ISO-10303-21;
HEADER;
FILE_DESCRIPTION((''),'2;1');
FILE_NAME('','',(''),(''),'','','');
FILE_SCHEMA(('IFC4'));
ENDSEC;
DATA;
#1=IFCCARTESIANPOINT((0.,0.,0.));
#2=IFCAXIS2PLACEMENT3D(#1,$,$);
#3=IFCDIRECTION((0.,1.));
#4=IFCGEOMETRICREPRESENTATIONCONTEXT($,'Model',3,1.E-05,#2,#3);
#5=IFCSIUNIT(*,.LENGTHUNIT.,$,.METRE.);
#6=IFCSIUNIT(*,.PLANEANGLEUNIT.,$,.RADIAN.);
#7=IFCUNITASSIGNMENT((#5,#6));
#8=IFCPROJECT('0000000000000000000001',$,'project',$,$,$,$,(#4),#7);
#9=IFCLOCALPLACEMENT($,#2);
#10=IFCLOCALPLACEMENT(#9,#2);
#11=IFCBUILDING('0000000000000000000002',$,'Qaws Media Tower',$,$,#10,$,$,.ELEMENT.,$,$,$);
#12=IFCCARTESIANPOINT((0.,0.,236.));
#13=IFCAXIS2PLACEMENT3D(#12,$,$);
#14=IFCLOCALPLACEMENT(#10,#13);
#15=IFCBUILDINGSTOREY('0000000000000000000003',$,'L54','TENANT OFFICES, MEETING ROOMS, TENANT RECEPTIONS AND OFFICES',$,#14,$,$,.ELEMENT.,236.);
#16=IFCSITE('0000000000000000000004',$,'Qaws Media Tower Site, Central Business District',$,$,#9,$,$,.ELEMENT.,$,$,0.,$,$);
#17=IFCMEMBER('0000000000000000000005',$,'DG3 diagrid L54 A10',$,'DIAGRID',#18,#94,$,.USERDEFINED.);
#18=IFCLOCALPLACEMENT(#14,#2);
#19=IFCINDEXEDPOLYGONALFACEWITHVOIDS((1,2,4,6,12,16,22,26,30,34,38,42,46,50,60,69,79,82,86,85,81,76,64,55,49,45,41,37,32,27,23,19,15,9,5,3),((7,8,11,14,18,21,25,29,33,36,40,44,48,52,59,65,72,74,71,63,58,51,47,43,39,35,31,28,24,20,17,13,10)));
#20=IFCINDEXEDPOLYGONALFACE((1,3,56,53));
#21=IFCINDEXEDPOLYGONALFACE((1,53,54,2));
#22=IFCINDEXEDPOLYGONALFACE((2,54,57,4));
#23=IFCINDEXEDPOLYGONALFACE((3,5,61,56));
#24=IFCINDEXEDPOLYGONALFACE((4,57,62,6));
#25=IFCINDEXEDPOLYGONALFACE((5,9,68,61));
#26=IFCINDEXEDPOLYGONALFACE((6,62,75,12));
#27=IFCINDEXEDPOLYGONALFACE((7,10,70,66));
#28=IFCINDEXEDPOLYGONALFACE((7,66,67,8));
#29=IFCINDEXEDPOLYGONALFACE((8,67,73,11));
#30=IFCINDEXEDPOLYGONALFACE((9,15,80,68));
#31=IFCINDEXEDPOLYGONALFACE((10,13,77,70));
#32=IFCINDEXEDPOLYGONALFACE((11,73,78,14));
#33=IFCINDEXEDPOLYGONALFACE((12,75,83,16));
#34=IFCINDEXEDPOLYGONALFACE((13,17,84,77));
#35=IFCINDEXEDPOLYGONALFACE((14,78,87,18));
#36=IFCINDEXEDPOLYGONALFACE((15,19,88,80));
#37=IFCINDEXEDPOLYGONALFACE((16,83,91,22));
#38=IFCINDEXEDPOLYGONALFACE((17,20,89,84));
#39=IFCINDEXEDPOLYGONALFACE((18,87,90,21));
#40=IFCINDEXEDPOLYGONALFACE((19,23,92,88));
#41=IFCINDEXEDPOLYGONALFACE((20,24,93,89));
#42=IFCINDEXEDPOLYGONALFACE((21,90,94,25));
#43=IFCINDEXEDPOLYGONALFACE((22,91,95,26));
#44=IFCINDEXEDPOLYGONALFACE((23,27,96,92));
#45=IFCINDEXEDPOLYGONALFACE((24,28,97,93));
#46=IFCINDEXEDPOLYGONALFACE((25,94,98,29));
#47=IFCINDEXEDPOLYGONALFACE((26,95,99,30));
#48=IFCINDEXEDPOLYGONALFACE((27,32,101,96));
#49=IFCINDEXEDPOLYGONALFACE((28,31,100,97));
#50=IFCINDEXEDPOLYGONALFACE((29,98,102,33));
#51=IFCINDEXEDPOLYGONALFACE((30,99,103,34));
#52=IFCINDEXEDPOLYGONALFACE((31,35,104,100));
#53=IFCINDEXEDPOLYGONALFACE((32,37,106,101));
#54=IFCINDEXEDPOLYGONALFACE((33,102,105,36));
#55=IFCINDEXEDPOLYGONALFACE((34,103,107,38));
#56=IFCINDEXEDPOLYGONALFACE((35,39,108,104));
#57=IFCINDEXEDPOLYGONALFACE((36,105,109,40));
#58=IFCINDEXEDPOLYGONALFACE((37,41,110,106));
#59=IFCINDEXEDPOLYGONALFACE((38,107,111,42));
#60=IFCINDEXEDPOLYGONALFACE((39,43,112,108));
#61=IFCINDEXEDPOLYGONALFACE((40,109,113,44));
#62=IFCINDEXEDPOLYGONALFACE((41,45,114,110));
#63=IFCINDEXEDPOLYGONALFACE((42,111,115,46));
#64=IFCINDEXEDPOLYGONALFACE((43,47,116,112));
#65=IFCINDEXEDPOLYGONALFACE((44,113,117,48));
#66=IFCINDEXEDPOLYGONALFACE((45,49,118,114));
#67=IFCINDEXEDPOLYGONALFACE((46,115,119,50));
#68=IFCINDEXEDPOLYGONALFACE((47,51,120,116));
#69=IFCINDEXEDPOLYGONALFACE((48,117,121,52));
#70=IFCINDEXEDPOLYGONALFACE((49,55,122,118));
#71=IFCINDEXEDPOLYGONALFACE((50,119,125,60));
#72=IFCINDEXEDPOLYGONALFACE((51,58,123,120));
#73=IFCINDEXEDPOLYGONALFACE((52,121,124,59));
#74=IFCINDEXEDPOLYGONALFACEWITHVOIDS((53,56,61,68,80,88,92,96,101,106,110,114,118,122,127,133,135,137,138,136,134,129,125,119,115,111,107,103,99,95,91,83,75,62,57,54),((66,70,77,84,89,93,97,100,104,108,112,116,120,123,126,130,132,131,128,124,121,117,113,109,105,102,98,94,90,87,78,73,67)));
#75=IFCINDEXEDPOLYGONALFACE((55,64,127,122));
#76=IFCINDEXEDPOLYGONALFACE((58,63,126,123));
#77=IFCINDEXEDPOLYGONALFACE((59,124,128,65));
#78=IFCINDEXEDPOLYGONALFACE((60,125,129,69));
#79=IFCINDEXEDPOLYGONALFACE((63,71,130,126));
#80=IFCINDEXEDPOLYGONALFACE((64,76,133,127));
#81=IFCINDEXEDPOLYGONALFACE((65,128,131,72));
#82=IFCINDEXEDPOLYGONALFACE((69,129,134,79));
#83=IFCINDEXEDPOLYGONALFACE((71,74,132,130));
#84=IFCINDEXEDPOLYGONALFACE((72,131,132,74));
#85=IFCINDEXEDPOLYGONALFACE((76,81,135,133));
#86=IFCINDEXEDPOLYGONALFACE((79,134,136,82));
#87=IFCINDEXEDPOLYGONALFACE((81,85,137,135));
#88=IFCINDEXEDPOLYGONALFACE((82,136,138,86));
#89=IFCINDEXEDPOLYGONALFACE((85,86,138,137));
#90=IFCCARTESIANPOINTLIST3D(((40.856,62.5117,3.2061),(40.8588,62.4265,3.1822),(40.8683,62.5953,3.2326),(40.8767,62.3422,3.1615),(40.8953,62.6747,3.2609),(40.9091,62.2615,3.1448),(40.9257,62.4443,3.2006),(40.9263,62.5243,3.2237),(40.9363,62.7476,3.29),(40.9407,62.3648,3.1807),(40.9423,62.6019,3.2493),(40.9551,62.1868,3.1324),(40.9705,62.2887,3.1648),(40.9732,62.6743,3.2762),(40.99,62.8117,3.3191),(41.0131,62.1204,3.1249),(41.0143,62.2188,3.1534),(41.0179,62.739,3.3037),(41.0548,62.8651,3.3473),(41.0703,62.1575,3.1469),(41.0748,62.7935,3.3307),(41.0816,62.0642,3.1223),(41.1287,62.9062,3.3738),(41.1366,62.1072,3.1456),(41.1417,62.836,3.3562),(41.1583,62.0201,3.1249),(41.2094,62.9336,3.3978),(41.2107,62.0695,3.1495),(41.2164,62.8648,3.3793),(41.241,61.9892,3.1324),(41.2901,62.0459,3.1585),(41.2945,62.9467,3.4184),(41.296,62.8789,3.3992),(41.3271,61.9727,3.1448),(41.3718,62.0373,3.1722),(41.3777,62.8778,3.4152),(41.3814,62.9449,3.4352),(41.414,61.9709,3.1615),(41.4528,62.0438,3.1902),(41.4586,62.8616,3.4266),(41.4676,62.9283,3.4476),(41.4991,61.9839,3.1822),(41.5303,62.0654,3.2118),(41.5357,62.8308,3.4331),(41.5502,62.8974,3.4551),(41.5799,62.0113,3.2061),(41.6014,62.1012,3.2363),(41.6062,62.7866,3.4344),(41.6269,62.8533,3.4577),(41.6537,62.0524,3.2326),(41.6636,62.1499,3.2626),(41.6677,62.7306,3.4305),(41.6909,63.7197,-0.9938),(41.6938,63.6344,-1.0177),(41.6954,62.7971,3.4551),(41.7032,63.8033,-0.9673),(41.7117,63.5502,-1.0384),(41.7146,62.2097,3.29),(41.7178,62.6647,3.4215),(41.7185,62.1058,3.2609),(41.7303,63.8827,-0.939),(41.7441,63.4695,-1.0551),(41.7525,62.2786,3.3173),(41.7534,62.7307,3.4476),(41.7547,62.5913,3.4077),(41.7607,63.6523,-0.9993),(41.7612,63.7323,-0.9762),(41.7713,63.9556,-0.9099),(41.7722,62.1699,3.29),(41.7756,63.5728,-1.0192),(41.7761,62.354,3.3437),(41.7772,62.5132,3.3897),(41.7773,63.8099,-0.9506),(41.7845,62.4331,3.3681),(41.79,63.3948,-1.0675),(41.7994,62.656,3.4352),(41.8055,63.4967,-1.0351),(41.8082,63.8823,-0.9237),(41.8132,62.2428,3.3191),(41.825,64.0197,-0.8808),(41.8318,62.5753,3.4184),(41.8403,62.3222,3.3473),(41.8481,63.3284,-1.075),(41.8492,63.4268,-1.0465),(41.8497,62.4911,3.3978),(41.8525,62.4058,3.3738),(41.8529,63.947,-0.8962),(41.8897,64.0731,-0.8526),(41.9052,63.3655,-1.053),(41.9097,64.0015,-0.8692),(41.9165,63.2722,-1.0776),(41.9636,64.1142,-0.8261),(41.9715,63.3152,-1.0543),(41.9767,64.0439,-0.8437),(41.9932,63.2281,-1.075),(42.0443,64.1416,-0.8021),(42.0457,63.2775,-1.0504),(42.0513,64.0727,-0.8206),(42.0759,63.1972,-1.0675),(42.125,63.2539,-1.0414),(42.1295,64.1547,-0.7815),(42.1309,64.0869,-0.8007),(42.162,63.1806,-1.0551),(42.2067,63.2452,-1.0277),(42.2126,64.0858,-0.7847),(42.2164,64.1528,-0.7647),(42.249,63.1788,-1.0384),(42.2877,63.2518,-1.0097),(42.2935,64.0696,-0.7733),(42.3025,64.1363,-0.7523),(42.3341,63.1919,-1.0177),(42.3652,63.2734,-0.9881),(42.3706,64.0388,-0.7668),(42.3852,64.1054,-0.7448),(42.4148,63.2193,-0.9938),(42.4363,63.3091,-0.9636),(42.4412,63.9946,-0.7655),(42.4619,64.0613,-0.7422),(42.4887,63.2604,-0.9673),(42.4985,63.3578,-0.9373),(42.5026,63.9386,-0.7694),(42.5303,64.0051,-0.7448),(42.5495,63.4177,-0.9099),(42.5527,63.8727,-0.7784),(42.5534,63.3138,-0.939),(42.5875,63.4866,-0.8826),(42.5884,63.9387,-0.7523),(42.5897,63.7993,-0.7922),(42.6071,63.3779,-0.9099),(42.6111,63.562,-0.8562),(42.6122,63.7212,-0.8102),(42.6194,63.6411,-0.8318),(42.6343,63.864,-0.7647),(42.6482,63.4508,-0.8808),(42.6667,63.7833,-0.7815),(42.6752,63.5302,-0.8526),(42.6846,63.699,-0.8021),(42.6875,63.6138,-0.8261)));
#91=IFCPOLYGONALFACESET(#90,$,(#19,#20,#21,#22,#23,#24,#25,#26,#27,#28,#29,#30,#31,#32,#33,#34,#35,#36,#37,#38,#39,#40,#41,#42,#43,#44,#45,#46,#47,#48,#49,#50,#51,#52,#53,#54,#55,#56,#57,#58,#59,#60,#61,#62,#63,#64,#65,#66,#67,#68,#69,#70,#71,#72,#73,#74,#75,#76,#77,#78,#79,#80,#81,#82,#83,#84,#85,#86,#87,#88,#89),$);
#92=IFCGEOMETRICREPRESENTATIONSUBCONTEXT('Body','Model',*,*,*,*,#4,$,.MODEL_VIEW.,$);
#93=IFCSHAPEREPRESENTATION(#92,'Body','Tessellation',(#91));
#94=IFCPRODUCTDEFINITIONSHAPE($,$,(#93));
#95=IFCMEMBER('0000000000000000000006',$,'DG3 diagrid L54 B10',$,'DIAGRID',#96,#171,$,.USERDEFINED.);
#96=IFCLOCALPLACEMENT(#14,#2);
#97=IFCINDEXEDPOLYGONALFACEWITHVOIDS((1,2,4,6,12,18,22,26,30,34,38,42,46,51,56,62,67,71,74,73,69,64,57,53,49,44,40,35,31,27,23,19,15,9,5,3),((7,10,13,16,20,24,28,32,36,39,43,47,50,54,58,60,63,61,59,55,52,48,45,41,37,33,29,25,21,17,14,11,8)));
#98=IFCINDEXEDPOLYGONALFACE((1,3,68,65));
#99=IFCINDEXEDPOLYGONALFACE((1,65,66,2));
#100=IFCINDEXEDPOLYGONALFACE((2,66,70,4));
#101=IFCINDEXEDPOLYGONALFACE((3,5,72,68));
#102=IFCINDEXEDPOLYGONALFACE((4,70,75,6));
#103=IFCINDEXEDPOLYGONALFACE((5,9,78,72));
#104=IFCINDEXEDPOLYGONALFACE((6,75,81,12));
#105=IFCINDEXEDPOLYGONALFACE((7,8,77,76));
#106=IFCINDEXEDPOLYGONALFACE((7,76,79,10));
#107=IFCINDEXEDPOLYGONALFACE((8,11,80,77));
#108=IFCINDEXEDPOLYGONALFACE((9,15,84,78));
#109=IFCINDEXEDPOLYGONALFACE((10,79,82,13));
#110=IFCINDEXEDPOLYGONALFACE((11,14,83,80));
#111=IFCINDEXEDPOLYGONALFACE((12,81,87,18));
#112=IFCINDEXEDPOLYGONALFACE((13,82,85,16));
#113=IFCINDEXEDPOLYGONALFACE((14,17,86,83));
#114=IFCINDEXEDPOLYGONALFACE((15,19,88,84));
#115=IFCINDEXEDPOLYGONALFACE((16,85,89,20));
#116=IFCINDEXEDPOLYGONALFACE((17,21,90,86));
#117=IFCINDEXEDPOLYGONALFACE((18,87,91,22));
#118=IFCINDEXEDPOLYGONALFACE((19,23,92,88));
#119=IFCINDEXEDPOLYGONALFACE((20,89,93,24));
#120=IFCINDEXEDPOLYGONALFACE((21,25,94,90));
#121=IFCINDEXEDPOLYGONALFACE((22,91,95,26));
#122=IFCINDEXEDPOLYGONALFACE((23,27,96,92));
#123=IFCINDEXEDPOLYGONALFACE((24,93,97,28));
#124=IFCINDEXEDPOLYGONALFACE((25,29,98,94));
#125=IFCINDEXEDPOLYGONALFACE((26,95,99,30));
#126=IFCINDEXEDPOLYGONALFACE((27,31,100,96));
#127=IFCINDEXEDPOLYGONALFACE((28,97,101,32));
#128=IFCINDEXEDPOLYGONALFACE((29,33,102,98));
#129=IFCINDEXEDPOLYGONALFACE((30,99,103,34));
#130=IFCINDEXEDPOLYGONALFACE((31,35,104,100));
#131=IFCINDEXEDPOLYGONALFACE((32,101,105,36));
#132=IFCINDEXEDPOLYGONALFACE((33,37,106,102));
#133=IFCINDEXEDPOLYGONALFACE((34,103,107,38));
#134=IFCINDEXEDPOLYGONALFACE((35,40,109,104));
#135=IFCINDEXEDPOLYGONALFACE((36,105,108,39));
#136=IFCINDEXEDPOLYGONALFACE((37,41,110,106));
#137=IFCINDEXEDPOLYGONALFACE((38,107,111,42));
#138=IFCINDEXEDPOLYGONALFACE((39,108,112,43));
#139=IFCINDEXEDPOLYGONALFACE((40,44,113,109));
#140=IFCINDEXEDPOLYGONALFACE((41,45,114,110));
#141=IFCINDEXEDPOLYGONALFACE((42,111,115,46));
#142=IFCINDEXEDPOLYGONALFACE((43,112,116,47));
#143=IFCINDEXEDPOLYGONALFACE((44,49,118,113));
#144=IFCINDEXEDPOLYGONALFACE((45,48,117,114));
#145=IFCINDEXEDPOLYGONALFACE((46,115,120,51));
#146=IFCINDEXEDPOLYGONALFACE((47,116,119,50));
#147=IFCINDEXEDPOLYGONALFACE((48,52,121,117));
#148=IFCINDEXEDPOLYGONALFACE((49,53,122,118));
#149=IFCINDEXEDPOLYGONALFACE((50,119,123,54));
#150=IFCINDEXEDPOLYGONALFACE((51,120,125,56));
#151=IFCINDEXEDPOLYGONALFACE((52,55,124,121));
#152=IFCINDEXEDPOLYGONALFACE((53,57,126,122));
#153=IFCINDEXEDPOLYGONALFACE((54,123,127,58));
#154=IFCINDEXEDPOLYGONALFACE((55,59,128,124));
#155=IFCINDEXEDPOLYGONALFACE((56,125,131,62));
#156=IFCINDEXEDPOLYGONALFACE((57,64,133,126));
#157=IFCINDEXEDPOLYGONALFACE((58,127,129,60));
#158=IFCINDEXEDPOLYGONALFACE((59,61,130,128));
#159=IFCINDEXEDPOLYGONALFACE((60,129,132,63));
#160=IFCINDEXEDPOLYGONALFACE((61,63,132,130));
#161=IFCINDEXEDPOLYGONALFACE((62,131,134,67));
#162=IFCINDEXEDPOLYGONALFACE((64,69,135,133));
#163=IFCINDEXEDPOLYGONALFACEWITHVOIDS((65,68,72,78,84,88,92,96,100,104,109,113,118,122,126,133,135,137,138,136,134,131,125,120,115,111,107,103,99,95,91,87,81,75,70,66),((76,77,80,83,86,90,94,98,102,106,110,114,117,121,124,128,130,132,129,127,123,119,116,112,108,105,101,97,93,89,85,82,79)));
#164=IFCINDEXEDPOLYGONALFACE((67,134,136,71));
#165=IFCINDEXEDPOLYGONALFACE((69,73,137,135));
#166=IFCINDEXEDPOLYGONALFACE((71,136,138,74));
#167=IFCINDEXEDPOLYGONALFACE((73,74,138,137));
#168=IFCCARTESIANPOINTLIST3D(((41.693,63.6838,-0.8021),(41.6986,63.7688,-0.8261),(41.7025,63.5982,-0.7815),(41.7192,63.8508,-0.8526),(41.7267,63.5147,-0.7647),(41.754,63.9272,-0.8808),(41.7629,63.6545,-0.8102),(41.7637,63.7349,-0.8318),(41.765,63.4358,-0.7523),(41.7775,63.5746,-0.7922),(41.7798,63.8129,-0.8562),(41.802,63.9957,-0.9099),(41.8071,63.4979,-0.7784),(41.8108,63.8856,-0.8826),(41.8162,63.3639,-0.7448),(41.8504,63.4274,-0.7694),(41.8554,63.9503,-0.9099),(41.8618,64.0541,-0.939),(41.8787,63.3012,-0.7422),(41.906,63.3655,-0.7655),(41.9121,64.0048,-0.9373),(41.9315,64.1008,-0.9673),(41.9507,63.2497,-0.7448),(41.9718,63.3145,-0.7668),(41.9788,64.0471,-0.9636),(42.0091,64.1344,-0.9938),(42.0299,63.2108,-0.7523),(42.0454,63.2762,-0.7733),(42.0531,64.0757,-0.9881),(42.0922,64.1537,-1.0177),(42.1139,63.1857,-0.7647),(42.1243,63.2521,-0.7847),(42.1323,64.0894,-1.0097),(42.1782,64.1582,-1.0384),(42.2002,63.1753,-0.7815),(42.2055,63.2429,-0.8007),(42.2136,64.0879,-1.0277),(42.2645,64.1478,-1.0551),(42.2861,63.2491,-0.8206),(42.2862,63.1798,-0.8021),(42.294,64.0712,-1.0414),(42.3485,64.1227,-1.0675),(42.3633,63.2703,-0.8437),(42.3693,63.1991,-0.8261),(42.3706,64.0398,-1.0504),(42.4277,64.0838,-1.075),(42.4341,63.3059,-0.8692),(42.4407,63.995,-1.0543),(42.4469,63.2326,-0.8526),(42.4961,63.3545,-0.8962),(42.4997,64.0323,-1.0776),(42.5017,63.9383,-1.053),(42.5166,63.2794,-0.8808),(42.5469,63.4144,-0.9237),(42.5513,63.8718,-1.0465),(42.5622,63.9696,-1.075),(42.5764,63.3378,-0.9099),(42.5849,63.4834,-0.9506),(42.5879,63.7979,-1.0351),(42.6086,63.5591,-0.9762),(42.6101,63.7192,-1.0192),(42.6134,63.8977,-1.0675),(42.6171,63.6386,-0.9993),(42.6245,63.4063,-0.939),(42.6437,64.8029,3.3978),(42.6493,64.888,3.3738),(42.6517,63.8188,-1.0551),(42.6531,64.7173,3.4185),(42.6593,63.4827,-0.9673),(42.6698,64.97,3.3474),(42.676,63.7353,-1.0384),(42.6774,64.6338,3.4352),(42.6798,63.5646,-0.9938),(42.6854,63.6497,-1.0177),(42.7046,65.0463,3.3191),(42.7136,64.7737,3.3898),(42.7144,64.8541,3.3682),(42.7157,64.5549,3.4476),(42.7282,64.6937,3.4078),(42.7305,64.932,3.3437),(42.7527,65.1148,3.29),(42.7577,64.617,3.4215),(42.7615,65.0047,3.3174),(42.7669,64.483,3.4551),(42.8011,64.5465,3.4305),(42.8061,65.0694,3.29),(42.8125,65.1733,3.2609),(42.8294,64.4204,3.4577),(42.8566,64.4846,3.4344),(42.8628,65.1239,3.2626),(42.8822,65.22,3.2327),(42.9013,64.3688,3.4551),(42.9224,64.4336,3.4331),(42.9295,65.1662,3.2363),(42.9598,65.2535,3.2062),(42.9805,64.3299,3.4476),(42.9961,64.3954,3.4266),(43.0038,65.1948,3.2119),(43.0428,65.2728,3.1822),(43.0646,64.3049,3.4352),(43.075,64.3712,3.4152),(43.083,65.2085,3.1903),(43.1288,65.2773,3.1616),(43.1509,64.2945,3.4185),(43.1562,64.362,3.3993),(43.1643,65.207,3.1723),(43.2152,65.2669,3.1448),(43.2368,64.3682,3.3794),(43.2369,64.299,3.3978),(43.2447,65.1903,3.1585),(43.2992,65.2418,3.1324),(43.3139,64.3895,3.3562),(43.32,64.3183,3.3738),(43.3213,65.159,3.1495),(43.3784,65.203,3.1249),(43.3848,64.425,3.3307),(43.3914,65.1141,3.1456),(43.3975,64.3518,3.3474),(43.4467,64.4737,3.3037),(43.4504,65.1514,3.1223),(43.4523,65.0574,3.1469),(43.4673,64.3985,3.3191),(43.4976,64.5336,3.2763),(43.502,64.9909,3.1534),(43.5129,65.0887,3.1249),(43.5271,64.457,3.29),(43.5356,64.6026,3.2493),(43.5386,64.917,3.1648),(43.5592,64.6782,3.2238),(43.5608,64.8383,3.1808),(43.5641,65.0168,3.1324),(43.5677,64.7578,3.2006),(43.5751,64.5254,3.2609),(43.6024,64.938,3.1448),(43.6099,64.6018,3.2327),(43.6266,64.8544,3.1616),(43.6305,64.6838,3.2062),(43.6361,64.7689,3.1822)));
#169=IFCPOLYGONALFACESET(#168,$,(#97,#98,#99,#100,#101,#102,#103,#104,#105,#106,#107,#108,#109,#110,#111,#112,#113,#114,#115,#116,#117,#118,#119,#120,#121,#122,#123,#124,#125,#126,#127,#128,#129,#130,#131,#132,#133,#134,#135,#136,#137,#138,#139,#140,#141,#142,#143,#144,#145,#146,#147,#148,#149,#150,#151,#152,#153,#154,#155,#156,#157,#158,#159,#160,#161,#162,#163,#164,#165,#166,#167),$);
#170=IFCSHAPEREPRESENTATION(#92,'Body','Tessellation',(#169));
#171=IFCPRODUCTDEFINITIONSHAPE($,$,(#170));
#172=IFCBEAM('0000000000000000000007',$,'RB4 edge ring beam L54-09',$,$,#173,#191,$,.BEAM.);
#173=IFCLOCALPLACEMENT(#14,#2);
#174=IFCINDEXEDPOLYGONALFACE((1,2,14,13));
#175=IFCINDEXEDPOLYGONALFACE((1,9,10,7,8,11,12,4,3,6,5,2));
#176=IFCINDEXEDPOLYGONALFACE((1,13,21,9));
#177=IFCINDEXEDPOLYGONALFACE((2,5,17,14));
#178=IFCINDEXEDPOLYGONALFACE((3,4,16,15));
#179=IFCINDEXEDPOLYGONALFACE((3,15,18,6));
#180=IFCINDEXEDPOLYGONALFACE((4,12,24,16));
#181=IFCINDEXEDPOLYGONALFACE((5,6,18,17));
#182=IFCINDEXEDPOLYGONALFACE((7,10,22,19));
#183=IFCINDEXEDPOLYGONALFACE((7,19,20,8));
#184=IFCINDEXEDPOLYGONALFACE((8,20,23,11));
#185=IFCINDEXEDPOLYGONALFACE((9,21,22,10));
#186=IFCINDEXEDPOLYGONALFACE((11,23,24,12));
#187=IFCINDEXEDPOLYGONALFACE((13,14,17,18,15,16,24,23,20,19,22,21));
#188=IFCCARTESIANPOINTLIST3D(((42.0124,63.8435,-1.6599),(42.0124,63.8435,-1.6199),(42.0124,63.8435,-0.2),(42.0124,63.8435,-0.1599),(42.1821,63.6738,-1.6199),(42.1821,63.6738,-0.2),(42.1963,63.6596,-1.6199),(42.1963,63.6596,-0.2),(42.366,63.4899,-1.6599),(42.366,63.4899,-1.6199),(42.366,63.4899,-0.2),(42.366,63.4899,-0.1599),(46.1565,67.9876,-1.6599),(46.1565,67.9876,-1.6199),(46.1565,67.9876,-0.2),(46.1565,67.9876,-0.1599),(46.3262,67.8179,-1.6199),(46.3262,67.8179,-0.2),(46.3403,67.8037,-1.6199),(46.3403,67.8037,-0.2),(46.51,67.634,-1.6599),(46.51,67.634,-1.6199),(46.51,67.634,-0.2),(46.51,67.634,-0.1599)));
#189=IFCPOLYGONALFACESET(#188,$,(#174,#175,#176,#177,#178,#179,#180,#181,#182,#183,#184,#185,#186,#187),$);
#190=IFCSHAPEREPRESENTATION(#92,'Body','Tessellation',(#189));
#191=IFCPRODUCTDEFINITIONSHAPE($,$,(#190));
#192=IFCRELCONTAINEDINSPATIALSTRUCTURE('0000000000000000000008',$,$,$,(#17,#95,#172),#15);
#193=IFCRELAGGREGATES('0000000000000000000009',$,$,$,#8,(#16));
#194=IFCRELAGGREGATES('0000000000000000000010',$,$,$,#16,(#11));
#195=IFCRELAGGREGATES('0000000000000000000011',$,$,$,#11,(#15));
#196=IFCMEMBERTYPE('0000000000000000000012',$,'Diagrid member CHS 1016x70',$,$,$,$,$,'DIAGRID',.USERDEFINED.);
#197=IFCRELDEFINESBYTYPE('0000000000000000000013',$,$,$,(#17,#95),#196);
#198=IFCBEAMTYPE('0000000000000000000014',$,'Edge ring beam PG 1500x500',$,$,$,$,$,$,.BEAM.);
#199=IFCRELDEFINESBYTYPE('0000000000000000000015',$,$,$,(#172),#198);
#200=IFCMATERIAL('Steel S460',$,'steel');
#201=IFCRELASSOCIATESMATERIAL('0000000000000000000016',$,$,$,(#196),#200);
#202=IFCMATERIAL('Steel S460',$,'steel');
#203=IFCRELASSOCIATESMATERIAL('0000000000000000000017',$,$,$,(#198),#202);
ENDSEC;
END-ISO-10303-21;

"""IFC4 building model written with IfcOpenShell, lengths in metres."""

from ifc_helpers import new_model, si_unit, direction, frame, origin, origin_2d, place, context, subcontext, project, spatial, hollow_circle, i_section, extrude, material, material_profile, profile_set, type_object, element, save


model = new_model("IFC4")

# Units and contexts
model_context = context("Model", 3, precision=1e-05, world=origin(), true_north=direction((0.0, 1.0)))
body_context = subcontext(model_context, "Body", "Model", "MODEL_VIEW")
ifc_project = project(units=[si_unit("LENGTHUNIT", "METRE"), si_unit("PLANEANGLEUNIT", "RADIAN")], contexts=[model_context])

# Site, building, storey
site_placement = place(None, origin())
site = spatial("IfcSite", under=ifc_project, at=site_placement, Name="Qaws Media Tower Site, Central Business District", CompositionType="ELEMENT", RefElevation=0.0)
building_placement = place(site_placement, origin())
building = spatial("IfcBuilding", under=site, at=building_placement, Name="Qaws Media Tower", CompositionType="ELEMENT")
storey_placement = place(building_placement, frame((0.0, 0.0, 236.0)))
storey = spatial("IfcBuildingStorey", under=building, at=storey_placement, Name="L54", Description="TENANT OFFICES, MEETING ROOMS, TENANT RECEPTIONS AND OFFICES", CompositionType="ELEMENT", Elevation=236.0)

# Members
ifc_material_1 = material(Name="Steel S460", Category="steel")
ifc_material_profile_1 = material_profile(ifc_material_1, hollow_circle(Radius=0.5081, WallThickness=0.0701, at=origin_2d()), Name="CHS 1016x70")
ifc_profile_set_1 = profile_set([ifc_material_profile_1], Name="Steel S460")
member_type_1 = type_object("IfcMemberType", Name="Diagrid member CHS 1016x70", ElementType="DIAGRID", PredefinedType="USERDEFINED", material=ifc_profile_set_1)
for number, where, z_axis, x_axis, name in (
    (1, (42.1892, 63.6667, -0.9099), (-0.187662, -0.271507, 0.943963), (0.822623, -0.568587, 0.0), "DG3 diagrid L54 A10"),
    (2, (42.1892, 63.6667, -0.9099), (0.213673, 0.251534, 0.943967), (-0.762136, 0.647417, 0.0), "DG3 diagrid L54 B10"),
):
    element("IfcMember", number, at=place(storey_placement, frame(where, z_axis=z_axis, x_axis=x_axis)), inside=storey, type_object=member_type_1, Name=name, ObjectType="DIAGRID", PredefinedType="USERDEFINED", context=body_context, shape_type="SweptSolid", body=[
        extrude(hollow_circle(Radius=0.5081, WallThickness=0.0701, at=origin_2d()), origin(), (0.0, 0.0, 1.0), 4.4492),
    ])

# Beam
ifc_material_2 = material(Name="Steel S460", Category="steel")
ifc_material_profile_2 = material_profile(ifc_material_2, i_section(OverallWidth=0.5, OverallDepth=1.5, WebThickness=0.02, FlangeThickness=0.04, at=origin_2d()), Name="PG 1500x500")
ifc_profile_set_2 = profile_set([ifc_material_profile_2], Name="Steel S460")
beam_type = type_object("IfcBeamType", Name="Edge ring beam PG 1500x500", PredefinedType="BEAM", material=ifc_profile_set_2)
for number, where, z_axis, x_axis, name in (
    (3, (46.3333, 67.8108, -0.9099), (-0.707107, -0.707107, 0.0), (0.707107, -0.707107, 0.0), "RB4 edge ring beam L54-09"),
):
    element("IfcBeam", number, at=place(storey_placement, frame(where, z_axis=z_axis, x_axis=x_axis)), inside=storey, type_object=beam_type, Name=name, PredefinedType="BEAM", context=body_context, shape_type="SweptSolid", body=[
        extrude(i_section(OverallWidth=0.5, OverallDepth=1.5, WebThickness=0.02, FlangeThickness=0.04, at=origin_2d()), origin(), (0.0, 0.0, 1.0), 5.8606),
    ])

save(model, "model.ifc")
